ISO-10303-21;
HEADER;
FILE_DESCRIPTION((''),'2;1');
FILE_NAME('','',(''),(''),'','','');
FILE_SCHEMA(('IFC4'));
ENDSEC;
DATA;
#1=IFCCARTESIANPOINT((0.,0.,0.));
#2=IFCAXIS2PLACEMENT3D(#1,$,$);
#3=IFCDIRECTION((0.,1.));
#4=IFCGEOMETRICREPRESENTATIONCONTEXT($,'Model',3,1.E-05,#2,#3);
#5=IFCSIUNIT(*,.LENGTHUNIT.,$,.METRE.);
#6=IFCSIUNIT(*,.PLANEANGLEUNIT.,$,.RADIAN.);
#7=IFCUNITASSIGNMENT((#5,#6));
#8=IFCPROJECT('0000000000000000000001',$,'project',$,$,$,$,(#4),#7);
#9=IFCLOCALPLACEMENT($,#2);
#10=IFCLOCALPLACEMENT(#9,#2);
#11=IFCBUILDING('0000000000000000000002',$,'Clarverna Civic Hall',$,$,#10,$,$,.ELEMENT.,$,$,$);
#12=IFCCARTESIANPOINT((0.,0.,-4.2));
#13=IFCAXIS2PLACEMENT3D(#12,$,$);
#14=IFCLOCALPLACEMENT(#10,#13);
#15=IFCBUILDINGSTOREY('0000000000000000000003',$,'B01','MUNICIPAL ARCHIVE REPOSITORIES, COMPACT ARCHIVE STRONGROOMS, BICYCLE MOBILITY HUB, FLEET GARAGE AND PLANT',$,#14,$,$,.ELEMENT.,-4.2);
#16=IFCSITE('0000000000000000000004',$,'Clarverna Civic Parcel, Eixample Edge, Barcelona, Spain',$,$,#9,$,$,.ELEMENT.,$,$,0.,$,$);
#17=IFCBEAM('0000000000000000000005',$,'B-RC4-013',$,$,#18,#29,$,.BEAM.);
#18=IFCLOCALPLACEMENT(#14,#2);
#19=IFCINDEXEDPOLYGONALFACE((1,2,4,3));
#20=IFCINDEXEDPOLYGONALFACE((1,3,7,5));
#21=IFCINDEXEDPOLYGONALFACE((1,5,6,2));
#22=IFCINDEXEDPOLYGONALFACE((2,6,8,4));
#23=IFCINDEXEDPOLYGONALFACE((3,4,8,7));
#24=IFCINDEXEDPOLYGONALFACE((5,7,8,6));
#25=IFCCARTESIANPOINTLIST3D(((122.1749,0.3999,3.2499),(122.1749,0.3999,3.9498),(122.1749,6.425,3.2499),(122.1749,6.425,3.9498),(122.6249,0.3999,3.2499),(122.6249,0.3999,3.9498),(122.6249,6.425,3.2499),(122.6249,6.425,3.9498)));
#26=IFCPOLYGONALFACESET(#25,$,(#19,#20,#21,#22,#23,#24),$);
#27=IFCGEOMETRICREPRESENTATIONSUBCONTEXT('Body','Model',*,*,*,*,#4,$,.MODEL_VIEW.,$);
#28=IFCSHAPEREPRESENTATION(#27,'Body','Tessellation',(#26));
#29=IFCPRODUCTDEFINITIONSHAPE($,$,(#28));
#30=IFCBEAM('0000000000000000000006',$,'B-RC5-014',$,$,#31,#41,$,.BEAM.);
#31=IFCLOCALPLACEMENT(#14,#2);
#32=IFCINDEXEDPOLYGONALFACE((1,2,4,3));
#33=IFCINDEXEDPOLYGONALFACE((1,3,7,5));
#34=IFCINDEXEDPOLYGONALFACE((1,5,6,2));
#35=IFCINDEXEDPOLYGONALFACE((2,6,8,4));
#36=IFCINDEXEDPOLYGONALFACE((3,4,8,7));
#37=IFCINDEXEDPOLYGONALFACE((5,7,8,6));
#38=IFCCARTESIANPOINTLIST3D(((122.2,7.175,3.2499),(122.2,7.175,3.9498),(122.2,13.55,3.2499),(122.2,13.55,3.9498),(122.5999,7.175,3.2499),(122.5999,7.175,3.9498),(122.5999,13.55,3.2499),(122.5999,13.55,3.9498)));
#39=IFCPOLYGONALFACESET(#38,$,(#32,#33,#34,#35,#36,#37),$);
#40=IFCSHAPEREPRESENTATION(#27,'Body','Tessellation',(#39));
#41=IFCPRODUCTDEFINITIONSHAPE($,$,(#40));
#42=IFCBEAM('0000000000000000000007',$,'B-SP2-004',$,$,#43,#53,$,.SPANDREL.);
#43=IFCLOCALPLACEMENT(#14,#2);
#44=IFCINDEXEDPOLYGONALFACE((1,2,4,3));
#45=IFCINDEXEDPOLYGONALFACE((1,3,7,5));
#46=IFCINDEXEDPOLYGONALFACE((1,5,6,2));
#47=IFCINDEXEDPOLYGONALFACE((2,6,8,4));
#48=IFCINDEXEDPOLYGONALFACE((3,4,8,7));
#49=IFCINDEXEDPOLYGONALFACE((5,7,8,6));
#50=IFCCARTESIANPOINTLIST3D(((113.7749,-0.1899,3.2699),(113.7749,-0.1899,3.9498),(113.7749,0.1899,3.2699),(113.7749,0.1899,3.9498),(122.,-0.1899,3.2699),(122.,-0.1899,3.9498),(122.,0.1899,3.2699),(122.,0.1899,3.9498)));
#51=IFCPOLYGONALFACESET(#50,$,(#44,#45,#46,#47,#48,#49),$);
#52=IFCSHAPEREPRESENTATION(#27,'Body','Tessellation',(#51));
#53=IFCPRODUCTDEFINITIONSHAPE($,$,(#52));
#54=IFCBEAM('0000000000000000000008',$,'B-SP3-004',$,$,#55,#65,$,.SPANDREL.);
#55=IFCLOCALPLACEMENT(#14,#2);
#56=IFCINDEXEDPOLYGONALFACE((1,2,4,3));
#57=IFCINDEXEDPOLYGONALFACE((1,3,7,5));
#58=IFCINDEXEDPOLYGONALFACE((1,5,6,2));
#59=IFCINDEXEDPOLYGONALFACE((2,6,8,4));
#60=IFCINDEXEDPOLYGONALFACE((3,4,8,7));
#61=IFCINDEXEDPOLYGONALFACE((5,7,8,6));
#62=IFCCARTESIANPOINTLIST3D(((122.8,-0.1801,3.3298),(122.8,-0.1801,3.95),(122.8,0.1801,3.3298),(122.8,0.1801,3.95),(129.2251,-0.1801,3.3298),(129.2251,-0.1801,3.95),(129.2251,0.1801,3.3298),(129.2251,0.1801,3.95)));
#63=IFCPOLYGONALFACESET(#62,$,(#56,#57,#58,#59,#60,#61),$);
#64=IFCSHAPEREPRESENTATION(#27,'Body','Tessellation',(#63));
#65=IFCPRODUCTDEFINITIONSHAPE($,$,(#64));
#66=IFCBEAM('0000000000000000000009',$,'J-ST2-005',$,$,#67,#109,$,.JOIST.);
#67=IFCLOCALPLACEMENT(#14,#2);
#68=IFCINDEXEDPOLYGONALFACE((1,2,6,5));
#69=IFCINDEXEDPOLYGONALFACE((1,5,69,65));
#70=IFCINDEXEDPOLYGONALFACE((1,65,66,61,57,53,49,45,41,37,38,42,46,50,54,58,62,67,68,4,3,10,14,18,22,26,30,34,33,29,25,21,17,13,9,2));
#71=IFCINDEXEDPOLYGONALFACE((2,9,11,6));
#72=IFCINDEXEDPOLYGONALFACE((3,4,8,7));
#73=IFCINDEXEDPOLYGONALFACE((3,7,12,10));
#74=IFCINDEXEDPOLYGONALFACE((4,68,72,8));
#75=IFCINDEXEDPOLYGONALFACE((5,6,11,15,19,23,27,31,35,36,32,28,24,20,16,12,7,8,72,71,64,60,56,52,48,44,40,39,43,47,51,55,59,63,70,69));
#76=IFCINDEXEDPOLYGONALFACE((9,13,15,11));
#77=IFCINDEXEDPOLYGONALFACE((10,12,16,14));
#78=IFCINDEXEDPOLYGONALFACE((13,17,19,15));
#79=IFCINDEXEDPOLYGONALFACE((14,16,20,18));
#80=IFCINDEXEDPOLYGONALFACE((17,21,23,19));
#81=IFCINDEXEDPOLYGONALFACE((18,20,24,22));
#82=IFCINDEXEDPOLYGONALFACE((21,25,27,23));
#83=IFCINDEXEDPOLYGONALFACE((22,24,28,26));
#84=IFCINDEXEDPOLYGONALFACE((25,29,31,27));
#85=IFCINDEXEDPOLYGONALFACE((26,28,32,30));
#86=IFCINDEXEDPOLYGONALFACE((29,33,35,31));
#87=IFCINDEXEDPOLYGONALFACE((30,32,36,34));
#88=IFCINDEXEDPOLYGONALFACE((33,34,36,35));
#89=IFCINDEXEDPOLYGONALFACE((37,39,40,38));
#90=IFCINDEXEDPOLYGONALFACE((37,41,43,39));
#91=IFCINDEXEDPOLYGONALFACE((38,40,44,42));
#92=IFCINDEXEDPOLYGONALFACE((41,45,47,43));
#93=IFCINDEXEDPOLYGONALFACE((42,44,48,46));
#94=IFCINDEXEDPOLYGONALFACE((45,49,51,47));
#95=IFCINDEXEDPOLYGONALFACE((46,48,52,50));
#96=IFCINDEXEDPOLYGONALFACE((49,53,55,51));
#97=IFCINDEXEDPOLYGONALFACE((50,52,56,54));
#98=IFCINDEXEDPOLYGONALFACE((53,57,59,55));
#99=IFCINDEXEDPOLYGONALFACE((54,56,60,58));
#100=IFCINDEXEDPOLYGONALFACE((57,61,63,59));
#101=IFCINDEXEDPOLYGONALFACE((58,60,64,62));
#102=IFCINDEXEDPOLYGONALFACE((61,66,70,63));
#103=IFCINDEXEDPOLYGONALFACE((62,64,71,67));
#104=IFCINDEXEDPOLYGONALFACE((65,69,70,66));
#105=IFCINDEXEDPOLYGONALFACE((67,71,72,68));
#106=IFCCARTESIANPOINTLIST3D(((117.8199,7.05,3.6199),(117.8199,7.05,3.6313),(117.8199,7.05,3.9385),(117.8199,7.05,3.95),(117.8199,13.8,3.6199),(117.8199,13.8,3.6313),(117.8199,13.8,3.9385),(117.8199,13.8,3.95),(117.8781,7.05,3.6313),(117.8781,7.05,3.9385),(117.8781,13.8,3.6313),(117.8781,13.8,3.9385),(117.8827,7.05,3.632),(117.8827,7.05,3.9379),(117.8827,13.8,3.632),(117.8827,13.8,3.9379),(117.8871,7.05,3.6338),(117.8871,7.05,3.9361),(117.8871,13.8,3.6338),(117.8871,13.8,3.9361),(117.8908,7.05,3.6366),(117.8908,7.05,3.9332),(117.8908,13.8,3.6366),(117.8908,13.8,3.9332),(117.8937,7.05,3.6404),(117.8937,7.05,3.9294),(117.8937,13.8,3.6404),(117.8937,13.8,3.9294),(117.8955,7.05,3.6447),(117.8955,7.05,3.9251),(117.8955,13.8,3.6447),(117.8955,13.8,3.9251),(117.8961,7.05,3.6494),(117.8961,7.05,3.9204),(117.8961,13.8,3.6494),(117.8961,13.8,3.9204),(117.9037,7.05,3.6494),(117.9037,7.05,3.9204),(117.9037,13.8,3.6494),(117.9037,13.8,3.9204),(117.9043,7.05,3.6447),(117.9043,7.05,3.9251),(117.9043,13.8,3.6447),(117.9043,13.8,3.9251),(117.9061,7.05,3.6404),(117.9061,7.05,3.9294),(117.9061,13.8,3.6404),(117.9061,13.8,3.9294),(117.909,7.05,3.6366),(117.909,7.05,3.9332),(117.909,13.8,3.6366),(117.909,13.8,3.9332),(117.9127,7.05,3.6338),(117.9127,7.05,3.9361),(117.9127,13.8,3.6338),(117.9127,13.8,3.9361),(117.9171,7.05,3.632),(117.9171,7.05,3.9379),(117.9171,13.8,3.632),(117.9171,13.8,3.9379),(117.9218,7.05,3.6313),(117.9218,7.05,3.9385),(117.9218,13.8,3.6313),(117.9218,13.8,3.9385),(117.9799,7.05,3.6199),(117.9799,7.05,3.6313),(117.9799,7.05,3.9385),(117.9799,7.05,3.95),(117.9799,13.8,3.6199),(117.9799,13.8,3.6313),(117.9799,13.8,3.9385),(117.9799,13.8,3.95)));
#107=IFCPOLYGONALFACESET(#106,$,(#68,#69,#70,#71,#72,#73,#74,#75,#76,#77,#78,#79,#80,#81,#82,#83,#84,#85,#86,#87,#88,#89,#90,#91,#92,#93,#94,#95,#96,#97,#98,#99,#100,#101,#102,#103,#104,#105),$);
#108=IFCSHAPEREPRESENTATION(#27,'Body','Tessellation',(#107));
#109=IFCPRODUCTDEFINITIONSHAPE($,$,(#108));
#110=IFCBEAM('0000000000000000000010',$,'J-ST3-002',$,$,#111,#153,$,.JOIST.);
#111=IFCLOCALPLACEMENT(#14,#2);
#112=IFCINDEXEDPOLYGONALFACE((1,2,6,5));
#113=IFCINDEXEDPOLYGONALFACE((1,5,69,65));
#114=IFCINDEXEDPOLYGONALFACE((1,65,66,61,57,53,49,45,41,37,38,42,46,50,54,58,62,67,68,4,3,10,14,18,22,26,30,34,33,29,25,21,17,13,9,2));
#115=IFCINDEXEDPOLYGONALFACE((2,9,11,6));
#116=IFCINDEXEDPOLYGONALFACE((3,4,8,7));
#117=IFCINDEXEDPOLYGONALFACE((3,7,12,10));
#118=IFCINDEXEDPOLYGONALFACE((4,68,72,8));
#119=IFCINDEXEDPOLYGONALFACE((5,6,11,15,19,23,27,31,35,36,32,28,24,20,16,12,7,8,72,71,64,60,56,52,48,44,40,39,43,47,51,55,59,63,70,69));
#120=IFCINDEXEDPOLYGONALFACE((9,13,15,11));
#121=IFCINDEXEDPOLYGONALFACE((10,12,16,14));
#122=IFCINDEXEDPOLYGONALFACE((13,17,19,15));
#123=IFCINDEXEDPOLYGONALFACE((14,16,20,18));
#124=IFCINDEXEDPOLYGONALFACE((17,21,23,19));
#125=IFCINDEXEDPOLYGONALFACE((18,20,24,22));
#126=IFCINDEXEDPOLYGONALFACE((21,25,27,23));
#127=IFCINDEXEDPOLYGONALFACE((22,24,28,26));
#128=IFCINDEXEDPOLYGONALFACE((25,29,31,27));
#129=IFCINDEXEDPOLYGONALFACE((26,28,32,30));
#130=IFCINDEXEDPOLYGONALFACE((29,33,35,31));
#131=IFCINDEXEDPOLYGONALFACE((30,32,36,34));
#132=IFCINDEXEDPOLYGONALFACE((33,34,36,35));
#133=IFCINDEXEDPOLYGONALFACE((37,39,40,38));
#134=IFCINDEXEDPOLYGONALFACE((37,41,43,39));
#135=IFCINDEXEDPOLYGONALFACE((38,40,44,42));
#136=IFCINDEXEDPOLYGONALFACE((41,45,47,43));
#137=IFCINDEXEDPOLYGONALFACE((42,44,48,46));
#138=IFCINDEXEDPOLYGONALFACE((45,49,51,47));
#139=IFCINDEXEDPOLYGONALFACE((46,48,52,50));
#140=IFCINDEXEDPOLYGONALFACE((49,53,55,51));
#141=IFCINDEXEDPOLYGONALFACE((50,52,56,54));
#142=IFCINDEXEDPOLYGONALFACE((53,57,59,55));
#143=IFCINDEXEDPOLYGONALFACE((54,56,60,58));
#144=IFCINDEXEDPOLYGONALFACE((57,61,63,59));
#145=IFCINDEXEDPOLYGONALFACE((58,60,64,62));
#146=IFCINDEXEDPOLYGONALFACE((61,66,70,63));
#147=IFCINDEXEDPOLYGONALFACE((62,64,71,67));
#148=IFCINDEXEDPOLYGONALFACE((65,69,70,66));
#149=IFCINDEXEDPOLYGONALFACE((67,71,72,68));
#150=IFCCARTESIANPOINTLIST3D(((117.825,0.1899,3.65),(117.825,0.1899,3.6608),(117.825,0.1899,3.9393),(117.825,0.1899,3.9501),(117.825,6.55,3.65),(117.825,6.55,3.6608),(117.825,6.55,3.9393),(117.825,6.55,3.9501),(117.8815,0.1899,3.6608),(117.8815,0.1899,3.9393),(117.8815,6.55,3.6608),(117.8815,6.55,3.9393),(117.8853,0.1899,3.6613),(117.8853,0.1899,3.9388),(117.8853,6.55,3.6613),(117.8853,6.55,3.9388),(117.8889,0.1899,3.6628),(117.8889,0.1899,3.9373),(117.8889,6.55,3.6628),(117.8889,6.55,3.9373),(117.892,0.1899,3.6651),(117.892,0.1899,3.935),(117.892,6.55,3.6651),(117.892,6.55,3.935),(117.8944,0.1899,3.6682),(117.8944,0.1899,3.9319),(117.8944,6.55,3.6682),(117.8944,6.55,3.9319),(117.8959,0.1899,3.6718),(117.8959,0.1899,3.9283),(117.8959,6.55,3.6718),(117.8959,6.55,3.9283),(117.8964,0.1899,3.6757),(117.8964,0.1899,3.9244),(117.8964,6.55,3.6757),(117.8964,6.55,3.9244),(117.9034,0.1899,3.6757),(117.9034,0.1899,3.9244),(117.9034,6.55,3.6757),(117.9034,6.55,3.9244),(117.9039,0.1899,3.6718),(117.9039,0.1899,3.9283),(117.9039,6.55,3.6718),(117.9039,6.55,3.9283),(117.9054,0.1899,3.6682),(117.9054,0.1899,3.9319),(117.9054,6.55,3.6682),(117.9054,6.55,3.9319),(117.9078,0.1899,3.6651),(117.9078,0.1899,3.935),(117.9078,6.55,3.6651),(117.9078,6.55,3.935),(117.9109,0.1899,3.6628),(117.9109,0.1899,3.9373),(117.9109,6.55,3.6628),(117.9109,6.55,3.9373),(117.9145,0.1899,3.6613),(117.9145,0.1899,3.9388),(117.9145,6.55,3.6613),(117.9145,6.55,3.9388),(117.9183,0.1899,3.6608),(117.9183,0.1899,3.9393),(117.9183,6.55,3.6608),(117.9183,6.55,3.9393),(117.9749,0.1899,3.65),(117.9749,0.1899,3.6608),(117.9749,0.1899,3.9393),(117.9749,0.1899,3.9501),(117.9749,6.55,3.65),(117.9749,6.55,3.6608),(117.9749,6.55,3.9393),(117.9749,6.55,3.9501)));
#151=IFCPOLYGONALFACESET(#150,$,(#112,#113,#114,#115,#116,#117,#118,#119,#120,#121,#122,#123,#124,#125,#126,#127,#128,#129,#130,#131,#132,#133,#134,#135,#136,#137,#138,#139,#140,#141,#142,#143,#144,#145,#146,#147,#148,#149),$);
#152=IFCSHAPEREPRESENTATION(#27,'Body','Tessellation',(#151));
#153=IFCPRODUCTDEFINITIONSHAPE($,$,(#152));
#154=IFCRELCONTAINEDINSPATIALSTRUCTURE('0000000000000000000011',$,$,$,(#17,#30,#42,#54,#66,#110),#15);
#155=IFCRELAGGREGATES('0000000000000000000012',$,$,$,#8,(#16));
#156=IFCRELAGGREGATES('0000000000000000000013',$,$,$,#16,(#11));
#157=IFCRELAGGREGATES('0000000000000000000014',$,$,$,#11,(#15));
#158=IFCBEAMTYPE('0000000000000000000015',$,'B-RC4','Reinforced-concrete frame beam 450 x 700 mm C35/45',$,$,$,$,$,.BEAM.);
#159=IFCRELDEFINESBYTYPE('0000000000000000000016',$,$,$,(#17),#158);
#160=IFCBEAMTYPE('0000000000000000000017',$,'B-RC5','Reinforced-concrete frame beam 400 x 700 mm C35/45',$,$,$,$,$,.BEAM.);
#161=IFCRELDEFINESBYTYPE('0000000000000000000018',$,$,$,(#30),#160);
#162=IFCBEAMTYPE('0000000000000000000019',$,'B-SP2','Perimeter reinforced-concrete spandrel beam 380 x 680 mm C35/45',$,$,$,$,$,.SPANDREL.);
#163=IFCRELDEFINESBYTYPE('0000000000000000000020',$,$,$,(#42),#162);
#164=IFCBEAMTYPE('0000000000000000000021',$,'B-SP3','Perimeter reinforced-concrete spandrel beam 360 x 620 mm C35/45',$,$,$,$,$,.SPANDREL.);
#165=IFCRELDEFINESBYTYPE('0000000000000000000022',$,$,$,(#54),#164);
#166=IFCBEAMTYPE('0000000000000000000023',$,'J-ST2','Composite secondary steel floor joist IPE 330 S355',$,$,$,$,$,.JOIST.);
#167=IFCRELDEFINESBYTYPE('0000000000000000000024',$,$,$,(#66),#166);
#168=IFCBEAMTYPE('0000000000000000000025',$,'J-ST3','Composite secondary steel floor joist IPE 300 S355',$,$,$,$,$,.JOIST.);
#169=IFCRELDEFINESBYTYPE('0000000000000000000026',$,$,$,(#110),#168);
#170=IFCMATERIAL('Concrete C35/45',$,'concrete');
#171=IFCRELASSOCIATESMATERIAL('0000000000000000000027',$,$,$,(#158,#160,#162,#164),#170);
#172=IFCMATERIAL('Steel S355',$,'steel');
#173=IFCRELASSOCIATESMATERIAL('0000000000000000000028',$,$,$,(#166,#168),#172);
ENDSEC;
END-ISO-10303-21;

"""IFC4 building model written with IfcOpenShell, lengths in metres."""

from ifc_helpers import new_model, si_unit, direction, frame, origin, origin_2d, place, context, subcontext, project, spatial, rectangle, i_section, extrude, material, material_profile, profile_set, type_object, element, save


model = new_model("IFC4")

# Units and contexts
model_context = context("Model", 3, precision=1e-05, world=origin(), true_north=direction((0.0, 1.0)))
body_context = subcontext(model_context, "Body", "Model", "MODEL_VIEW")
ifc_project = project(units=[si_unit("LENGTHUNIT", "METRE"), si_unit("PLANEANGLEUNIT", "RADIAN")], contexts=[model_context])

# Site, building, storey
site_placement = place(None, origin())
site = spatial("IfcSite", under=ifc_project, at=site_placement, Name="Clarverna Civic Parcel, Eixample Edge, Barcelona, Spain", CompositionType="ELEMENT", RefElevation=0.0)
building_placement = place(site_placement, origin())
building = spatial("IfcBuilding", under=site, at=building_placement, Name="Clarverna Civic Hall", CompositionType="ELEMENT")
storey_placement = place(building_placement, frame((0.0, 0.0, -4.2)))
storey = spatial("IfcBuildingStorey", under=building, at=storey_placement, Name="B01", Description="MUNICIPAL ARCHIVE REPOSITORIES, COMPACT ARCHIVE STRONGROOMS, BICYCLE MOBILITY HUB, FLEET GARAGE AND PLANT", CompositionType="ELEMENT", Elevation=-4.2)

# Beams
ifc_material_1 = material(Name="Concrete C35/45", Category="concrete")
ifc_material_profile_1 = material_profile(ifc_material_1, rectangle(XDim=0.45, YDim=0.7, at=origin_2d()), Name="RC 450x700")
ifc_profile_set_1 = profile_set([ifc_material_profile_1], Name="Concrete C35/45")
beam_type_1 = type_object("IfcBeamType", Name="B-RC4", Description="Reinforced-concrete frame beam 450 x 700 mm C35/45", PredefinedType="BEAM", material=ifc_profile_set_1)
beam_1_placement = place(storey_placement, frame((122.3999, 0.3999, 3.5999), z_axis=(0.0, 1.0, 0.0), x_axis=(-1.0, 0.0, 0.0)))
element("IfcBeam", 1, at=beam_1_placement, inside=storey, type_object=beam_type_1, Name="B-RC4-013", PredefinedType="BEAM", context=body_context, shape_type="SweptSolid", body=[
    extrude(rectangle(XDim=0.45, YDim=0.7, at=origin_2d()), origin(), (0.0, 0.0, 1.0), 6.0251),
])
ifc_material_profile_2 = material_profile(ifc_material_1, rectangle(XDim=0.3999, YDim=0.7, at=origin_2d()), Name="RC 400x700")
ifc_profile_set_2 = profile_set([ifc_material_profile_2], Name="Concrete C35/45")
beam_type_2 = type_object("IfcBeamType", Name="B-RC5", Description="Reinforced-concrete frame beam 400 x 700 mm C35/45", PredefinedType="BEAM", material=ifc_profile_set_2)
beam_2_placement = place(storey_placement, frame((122.3999, 7.175, 3.5999), z_axis=(0.0, 1.0, 0.0), x_axis=(-1.0, 0.0, 0.0)))
element("IfcBeam", 2, at=beam_2_placement, inside=storey, type_object=beam_type_2, Name="B-RC5-014", PredefinedType="BEAM", context=body_context, shape_type="SweptSolid", body=[
    extrude(rectangle(XDim=0.3999, YDim=0.7, at=origin_2d()), origin(), (0.0, 0.0, 1.0), 6.375),
])
ifc_material_profile_3 = material_profile(ifc_material_1, rectangle(XDim=0.3799, YDim=0.6799, at=origin_2d()), Name="RC 380x680")
ifc_profile_set_3 = profile_set([ifc_material_profile_3], Name="Concrete C35/45")
beam_type_3 = type_object("IfcBeamType", Name="B-SP2", Description="Perimeter reinforced-concrete spandrel beam 380 x 680 mm C35/45", PredefinedType="SPANDREL", material=ifc_profile_set_3)
beam_3_placement = place(storey_placement, frame((113.7749, 0.0, 3.6099), z_axis=(1.0, 0.0, 0.0), x_axis=(0.0, 1.0, 0.0)))
element("IfcBeam", 3, at=beam_3_placement, inside=storey, type_object=beam_type_3, Name="B-SP2-004", PredefinedType="SPANDREL", context=body_context, shape_type="SweptSolid", body=[
    extrude(rectangle(XDim=0.3799, YDim=0.6799, at=origin_2d()), origin(), (0.0, 0.0, 1.0), 8.2251),
])
ifc_material_profile_4 = material_profile(ifc_material_1, rectangle(XDim=0.3601, YDim=0.6201, at=origin_2d()), Name="RC 360x620")
ifc_profile_set_4 = profile_set([ifc_material_profile_4], Name="Concrete C35/45")
beam_type_4 = type_object("IfcBeamType", Name="B-SP3", Description="Perimeter reinforced-concrete spandrel beam 360 x 620 mm C35/45", PredefinedType="SPANDREL", material=ifc_profile_set_4)
beam_4_placement = place(storey_placement, frame((122.8, 0.0, 3.6399), z_axis=(1.0, 0.0, 0.0), x_axis=(0.0, 1.0, 0.0)))
element("IfcBeam", 4, at=beam_4_placement, inside=storey, type_object=beam_type_4, Name="B-SP3-004", PredefinedType="SPANDREL", context=body_context, shape_type="SweptSolid", body=[
    extrude(rectangle(XDim=0.3601, YDim=0.6201, at=origin_2d()), origin(), (0.0, 0.0, 1.0), 6.425),
])
ifc_material_2 = material(Name="Steel S355", Category="steel")
ifc_material_profile_5 = material_profile(ifc_material_2, i_section(OverallWidth=0.1599, OverallDepth=0.3301, WebThickness=0.0076, FlangeThickness=0.0115, FilletRadius=0.0181, at=origin_2d()), Name="IPE 330")
ifc_profile_set_5 = profile_set([ifc_material_profile_5], Name="Steel S355")
beam_type_5 = type_object("IfcBeamType", Name="J-ST2", Description="Composite secondary steel floor joist IPE 330 S355", PredefinedType="JOIST", material=ifc_profile_set_5)
beam_5_placement = place(storey_placement, frame((117.8999, 7.05, 3.7849), z_axis=(0.0, 1.0, 0.0), x_axis=(-1.0, 0.0, 0.0)))
element("IfcBeam", 5, at=beam_5_placement, inside=storey, type_object=beam_type_5, Name="J-ST2-005", PredefinedType="JOIST", context=body_context, shape_type="SweptSolid", body=[
    extrude(i_section(OverallWidth=0.1599, OverallDepth=0.3301, WebThickness=0.0076, FlangeThickness=0.0115, FilletRadius=0.0181, at=origin_2d()), origin(), (0.0, 0.0, 1.0), 6.75),
])
ifc_material_profile_6 = material_profile(ifc_material_2, i_section(OverallWidth=0.1499, OverallDepth=0.3, WebThickness=0.0071, FlangeThickness=0.0107, FilletRadius=0.0149, at=origin_2d()), Name="IPE 300")
ifc_profile_set_6 = profile_set([ifc_material_profile_6], Name="Steel S355")
beam_type_6 = type_object("IfcBeamType", Name="J-ST3", Description="Composite secondary steel floor joist IPE 300 S355", PredefinedType="JOIST", material=ifc_profile_set_6)
beam_6_placement = place(storey_placement, frame((117.8999, 0.1899, 3.8), z_axis=(0.0, 1.0, 0.0), x_axis=(-1.0, 0.0, 0.0)))
element("IfcBeam", 6, at=beam_6_placement, inside=storey, type_object=beam_type_6, Name="J-ST3-002", PredefinedType="JOIST", context=body_context, shape_type="SweptSolid", body=[
    extrude(i_section(OverallWidth=0.1499, OverallDepth=0.3, WebThickness=0.0071, FlangeThickness=0.0107, FilletRadius=0.0149, at=origin_2d()), origin(), (0.0, 0.0, 1.0), 6.3601),
])

save(model, "model.ifc")
